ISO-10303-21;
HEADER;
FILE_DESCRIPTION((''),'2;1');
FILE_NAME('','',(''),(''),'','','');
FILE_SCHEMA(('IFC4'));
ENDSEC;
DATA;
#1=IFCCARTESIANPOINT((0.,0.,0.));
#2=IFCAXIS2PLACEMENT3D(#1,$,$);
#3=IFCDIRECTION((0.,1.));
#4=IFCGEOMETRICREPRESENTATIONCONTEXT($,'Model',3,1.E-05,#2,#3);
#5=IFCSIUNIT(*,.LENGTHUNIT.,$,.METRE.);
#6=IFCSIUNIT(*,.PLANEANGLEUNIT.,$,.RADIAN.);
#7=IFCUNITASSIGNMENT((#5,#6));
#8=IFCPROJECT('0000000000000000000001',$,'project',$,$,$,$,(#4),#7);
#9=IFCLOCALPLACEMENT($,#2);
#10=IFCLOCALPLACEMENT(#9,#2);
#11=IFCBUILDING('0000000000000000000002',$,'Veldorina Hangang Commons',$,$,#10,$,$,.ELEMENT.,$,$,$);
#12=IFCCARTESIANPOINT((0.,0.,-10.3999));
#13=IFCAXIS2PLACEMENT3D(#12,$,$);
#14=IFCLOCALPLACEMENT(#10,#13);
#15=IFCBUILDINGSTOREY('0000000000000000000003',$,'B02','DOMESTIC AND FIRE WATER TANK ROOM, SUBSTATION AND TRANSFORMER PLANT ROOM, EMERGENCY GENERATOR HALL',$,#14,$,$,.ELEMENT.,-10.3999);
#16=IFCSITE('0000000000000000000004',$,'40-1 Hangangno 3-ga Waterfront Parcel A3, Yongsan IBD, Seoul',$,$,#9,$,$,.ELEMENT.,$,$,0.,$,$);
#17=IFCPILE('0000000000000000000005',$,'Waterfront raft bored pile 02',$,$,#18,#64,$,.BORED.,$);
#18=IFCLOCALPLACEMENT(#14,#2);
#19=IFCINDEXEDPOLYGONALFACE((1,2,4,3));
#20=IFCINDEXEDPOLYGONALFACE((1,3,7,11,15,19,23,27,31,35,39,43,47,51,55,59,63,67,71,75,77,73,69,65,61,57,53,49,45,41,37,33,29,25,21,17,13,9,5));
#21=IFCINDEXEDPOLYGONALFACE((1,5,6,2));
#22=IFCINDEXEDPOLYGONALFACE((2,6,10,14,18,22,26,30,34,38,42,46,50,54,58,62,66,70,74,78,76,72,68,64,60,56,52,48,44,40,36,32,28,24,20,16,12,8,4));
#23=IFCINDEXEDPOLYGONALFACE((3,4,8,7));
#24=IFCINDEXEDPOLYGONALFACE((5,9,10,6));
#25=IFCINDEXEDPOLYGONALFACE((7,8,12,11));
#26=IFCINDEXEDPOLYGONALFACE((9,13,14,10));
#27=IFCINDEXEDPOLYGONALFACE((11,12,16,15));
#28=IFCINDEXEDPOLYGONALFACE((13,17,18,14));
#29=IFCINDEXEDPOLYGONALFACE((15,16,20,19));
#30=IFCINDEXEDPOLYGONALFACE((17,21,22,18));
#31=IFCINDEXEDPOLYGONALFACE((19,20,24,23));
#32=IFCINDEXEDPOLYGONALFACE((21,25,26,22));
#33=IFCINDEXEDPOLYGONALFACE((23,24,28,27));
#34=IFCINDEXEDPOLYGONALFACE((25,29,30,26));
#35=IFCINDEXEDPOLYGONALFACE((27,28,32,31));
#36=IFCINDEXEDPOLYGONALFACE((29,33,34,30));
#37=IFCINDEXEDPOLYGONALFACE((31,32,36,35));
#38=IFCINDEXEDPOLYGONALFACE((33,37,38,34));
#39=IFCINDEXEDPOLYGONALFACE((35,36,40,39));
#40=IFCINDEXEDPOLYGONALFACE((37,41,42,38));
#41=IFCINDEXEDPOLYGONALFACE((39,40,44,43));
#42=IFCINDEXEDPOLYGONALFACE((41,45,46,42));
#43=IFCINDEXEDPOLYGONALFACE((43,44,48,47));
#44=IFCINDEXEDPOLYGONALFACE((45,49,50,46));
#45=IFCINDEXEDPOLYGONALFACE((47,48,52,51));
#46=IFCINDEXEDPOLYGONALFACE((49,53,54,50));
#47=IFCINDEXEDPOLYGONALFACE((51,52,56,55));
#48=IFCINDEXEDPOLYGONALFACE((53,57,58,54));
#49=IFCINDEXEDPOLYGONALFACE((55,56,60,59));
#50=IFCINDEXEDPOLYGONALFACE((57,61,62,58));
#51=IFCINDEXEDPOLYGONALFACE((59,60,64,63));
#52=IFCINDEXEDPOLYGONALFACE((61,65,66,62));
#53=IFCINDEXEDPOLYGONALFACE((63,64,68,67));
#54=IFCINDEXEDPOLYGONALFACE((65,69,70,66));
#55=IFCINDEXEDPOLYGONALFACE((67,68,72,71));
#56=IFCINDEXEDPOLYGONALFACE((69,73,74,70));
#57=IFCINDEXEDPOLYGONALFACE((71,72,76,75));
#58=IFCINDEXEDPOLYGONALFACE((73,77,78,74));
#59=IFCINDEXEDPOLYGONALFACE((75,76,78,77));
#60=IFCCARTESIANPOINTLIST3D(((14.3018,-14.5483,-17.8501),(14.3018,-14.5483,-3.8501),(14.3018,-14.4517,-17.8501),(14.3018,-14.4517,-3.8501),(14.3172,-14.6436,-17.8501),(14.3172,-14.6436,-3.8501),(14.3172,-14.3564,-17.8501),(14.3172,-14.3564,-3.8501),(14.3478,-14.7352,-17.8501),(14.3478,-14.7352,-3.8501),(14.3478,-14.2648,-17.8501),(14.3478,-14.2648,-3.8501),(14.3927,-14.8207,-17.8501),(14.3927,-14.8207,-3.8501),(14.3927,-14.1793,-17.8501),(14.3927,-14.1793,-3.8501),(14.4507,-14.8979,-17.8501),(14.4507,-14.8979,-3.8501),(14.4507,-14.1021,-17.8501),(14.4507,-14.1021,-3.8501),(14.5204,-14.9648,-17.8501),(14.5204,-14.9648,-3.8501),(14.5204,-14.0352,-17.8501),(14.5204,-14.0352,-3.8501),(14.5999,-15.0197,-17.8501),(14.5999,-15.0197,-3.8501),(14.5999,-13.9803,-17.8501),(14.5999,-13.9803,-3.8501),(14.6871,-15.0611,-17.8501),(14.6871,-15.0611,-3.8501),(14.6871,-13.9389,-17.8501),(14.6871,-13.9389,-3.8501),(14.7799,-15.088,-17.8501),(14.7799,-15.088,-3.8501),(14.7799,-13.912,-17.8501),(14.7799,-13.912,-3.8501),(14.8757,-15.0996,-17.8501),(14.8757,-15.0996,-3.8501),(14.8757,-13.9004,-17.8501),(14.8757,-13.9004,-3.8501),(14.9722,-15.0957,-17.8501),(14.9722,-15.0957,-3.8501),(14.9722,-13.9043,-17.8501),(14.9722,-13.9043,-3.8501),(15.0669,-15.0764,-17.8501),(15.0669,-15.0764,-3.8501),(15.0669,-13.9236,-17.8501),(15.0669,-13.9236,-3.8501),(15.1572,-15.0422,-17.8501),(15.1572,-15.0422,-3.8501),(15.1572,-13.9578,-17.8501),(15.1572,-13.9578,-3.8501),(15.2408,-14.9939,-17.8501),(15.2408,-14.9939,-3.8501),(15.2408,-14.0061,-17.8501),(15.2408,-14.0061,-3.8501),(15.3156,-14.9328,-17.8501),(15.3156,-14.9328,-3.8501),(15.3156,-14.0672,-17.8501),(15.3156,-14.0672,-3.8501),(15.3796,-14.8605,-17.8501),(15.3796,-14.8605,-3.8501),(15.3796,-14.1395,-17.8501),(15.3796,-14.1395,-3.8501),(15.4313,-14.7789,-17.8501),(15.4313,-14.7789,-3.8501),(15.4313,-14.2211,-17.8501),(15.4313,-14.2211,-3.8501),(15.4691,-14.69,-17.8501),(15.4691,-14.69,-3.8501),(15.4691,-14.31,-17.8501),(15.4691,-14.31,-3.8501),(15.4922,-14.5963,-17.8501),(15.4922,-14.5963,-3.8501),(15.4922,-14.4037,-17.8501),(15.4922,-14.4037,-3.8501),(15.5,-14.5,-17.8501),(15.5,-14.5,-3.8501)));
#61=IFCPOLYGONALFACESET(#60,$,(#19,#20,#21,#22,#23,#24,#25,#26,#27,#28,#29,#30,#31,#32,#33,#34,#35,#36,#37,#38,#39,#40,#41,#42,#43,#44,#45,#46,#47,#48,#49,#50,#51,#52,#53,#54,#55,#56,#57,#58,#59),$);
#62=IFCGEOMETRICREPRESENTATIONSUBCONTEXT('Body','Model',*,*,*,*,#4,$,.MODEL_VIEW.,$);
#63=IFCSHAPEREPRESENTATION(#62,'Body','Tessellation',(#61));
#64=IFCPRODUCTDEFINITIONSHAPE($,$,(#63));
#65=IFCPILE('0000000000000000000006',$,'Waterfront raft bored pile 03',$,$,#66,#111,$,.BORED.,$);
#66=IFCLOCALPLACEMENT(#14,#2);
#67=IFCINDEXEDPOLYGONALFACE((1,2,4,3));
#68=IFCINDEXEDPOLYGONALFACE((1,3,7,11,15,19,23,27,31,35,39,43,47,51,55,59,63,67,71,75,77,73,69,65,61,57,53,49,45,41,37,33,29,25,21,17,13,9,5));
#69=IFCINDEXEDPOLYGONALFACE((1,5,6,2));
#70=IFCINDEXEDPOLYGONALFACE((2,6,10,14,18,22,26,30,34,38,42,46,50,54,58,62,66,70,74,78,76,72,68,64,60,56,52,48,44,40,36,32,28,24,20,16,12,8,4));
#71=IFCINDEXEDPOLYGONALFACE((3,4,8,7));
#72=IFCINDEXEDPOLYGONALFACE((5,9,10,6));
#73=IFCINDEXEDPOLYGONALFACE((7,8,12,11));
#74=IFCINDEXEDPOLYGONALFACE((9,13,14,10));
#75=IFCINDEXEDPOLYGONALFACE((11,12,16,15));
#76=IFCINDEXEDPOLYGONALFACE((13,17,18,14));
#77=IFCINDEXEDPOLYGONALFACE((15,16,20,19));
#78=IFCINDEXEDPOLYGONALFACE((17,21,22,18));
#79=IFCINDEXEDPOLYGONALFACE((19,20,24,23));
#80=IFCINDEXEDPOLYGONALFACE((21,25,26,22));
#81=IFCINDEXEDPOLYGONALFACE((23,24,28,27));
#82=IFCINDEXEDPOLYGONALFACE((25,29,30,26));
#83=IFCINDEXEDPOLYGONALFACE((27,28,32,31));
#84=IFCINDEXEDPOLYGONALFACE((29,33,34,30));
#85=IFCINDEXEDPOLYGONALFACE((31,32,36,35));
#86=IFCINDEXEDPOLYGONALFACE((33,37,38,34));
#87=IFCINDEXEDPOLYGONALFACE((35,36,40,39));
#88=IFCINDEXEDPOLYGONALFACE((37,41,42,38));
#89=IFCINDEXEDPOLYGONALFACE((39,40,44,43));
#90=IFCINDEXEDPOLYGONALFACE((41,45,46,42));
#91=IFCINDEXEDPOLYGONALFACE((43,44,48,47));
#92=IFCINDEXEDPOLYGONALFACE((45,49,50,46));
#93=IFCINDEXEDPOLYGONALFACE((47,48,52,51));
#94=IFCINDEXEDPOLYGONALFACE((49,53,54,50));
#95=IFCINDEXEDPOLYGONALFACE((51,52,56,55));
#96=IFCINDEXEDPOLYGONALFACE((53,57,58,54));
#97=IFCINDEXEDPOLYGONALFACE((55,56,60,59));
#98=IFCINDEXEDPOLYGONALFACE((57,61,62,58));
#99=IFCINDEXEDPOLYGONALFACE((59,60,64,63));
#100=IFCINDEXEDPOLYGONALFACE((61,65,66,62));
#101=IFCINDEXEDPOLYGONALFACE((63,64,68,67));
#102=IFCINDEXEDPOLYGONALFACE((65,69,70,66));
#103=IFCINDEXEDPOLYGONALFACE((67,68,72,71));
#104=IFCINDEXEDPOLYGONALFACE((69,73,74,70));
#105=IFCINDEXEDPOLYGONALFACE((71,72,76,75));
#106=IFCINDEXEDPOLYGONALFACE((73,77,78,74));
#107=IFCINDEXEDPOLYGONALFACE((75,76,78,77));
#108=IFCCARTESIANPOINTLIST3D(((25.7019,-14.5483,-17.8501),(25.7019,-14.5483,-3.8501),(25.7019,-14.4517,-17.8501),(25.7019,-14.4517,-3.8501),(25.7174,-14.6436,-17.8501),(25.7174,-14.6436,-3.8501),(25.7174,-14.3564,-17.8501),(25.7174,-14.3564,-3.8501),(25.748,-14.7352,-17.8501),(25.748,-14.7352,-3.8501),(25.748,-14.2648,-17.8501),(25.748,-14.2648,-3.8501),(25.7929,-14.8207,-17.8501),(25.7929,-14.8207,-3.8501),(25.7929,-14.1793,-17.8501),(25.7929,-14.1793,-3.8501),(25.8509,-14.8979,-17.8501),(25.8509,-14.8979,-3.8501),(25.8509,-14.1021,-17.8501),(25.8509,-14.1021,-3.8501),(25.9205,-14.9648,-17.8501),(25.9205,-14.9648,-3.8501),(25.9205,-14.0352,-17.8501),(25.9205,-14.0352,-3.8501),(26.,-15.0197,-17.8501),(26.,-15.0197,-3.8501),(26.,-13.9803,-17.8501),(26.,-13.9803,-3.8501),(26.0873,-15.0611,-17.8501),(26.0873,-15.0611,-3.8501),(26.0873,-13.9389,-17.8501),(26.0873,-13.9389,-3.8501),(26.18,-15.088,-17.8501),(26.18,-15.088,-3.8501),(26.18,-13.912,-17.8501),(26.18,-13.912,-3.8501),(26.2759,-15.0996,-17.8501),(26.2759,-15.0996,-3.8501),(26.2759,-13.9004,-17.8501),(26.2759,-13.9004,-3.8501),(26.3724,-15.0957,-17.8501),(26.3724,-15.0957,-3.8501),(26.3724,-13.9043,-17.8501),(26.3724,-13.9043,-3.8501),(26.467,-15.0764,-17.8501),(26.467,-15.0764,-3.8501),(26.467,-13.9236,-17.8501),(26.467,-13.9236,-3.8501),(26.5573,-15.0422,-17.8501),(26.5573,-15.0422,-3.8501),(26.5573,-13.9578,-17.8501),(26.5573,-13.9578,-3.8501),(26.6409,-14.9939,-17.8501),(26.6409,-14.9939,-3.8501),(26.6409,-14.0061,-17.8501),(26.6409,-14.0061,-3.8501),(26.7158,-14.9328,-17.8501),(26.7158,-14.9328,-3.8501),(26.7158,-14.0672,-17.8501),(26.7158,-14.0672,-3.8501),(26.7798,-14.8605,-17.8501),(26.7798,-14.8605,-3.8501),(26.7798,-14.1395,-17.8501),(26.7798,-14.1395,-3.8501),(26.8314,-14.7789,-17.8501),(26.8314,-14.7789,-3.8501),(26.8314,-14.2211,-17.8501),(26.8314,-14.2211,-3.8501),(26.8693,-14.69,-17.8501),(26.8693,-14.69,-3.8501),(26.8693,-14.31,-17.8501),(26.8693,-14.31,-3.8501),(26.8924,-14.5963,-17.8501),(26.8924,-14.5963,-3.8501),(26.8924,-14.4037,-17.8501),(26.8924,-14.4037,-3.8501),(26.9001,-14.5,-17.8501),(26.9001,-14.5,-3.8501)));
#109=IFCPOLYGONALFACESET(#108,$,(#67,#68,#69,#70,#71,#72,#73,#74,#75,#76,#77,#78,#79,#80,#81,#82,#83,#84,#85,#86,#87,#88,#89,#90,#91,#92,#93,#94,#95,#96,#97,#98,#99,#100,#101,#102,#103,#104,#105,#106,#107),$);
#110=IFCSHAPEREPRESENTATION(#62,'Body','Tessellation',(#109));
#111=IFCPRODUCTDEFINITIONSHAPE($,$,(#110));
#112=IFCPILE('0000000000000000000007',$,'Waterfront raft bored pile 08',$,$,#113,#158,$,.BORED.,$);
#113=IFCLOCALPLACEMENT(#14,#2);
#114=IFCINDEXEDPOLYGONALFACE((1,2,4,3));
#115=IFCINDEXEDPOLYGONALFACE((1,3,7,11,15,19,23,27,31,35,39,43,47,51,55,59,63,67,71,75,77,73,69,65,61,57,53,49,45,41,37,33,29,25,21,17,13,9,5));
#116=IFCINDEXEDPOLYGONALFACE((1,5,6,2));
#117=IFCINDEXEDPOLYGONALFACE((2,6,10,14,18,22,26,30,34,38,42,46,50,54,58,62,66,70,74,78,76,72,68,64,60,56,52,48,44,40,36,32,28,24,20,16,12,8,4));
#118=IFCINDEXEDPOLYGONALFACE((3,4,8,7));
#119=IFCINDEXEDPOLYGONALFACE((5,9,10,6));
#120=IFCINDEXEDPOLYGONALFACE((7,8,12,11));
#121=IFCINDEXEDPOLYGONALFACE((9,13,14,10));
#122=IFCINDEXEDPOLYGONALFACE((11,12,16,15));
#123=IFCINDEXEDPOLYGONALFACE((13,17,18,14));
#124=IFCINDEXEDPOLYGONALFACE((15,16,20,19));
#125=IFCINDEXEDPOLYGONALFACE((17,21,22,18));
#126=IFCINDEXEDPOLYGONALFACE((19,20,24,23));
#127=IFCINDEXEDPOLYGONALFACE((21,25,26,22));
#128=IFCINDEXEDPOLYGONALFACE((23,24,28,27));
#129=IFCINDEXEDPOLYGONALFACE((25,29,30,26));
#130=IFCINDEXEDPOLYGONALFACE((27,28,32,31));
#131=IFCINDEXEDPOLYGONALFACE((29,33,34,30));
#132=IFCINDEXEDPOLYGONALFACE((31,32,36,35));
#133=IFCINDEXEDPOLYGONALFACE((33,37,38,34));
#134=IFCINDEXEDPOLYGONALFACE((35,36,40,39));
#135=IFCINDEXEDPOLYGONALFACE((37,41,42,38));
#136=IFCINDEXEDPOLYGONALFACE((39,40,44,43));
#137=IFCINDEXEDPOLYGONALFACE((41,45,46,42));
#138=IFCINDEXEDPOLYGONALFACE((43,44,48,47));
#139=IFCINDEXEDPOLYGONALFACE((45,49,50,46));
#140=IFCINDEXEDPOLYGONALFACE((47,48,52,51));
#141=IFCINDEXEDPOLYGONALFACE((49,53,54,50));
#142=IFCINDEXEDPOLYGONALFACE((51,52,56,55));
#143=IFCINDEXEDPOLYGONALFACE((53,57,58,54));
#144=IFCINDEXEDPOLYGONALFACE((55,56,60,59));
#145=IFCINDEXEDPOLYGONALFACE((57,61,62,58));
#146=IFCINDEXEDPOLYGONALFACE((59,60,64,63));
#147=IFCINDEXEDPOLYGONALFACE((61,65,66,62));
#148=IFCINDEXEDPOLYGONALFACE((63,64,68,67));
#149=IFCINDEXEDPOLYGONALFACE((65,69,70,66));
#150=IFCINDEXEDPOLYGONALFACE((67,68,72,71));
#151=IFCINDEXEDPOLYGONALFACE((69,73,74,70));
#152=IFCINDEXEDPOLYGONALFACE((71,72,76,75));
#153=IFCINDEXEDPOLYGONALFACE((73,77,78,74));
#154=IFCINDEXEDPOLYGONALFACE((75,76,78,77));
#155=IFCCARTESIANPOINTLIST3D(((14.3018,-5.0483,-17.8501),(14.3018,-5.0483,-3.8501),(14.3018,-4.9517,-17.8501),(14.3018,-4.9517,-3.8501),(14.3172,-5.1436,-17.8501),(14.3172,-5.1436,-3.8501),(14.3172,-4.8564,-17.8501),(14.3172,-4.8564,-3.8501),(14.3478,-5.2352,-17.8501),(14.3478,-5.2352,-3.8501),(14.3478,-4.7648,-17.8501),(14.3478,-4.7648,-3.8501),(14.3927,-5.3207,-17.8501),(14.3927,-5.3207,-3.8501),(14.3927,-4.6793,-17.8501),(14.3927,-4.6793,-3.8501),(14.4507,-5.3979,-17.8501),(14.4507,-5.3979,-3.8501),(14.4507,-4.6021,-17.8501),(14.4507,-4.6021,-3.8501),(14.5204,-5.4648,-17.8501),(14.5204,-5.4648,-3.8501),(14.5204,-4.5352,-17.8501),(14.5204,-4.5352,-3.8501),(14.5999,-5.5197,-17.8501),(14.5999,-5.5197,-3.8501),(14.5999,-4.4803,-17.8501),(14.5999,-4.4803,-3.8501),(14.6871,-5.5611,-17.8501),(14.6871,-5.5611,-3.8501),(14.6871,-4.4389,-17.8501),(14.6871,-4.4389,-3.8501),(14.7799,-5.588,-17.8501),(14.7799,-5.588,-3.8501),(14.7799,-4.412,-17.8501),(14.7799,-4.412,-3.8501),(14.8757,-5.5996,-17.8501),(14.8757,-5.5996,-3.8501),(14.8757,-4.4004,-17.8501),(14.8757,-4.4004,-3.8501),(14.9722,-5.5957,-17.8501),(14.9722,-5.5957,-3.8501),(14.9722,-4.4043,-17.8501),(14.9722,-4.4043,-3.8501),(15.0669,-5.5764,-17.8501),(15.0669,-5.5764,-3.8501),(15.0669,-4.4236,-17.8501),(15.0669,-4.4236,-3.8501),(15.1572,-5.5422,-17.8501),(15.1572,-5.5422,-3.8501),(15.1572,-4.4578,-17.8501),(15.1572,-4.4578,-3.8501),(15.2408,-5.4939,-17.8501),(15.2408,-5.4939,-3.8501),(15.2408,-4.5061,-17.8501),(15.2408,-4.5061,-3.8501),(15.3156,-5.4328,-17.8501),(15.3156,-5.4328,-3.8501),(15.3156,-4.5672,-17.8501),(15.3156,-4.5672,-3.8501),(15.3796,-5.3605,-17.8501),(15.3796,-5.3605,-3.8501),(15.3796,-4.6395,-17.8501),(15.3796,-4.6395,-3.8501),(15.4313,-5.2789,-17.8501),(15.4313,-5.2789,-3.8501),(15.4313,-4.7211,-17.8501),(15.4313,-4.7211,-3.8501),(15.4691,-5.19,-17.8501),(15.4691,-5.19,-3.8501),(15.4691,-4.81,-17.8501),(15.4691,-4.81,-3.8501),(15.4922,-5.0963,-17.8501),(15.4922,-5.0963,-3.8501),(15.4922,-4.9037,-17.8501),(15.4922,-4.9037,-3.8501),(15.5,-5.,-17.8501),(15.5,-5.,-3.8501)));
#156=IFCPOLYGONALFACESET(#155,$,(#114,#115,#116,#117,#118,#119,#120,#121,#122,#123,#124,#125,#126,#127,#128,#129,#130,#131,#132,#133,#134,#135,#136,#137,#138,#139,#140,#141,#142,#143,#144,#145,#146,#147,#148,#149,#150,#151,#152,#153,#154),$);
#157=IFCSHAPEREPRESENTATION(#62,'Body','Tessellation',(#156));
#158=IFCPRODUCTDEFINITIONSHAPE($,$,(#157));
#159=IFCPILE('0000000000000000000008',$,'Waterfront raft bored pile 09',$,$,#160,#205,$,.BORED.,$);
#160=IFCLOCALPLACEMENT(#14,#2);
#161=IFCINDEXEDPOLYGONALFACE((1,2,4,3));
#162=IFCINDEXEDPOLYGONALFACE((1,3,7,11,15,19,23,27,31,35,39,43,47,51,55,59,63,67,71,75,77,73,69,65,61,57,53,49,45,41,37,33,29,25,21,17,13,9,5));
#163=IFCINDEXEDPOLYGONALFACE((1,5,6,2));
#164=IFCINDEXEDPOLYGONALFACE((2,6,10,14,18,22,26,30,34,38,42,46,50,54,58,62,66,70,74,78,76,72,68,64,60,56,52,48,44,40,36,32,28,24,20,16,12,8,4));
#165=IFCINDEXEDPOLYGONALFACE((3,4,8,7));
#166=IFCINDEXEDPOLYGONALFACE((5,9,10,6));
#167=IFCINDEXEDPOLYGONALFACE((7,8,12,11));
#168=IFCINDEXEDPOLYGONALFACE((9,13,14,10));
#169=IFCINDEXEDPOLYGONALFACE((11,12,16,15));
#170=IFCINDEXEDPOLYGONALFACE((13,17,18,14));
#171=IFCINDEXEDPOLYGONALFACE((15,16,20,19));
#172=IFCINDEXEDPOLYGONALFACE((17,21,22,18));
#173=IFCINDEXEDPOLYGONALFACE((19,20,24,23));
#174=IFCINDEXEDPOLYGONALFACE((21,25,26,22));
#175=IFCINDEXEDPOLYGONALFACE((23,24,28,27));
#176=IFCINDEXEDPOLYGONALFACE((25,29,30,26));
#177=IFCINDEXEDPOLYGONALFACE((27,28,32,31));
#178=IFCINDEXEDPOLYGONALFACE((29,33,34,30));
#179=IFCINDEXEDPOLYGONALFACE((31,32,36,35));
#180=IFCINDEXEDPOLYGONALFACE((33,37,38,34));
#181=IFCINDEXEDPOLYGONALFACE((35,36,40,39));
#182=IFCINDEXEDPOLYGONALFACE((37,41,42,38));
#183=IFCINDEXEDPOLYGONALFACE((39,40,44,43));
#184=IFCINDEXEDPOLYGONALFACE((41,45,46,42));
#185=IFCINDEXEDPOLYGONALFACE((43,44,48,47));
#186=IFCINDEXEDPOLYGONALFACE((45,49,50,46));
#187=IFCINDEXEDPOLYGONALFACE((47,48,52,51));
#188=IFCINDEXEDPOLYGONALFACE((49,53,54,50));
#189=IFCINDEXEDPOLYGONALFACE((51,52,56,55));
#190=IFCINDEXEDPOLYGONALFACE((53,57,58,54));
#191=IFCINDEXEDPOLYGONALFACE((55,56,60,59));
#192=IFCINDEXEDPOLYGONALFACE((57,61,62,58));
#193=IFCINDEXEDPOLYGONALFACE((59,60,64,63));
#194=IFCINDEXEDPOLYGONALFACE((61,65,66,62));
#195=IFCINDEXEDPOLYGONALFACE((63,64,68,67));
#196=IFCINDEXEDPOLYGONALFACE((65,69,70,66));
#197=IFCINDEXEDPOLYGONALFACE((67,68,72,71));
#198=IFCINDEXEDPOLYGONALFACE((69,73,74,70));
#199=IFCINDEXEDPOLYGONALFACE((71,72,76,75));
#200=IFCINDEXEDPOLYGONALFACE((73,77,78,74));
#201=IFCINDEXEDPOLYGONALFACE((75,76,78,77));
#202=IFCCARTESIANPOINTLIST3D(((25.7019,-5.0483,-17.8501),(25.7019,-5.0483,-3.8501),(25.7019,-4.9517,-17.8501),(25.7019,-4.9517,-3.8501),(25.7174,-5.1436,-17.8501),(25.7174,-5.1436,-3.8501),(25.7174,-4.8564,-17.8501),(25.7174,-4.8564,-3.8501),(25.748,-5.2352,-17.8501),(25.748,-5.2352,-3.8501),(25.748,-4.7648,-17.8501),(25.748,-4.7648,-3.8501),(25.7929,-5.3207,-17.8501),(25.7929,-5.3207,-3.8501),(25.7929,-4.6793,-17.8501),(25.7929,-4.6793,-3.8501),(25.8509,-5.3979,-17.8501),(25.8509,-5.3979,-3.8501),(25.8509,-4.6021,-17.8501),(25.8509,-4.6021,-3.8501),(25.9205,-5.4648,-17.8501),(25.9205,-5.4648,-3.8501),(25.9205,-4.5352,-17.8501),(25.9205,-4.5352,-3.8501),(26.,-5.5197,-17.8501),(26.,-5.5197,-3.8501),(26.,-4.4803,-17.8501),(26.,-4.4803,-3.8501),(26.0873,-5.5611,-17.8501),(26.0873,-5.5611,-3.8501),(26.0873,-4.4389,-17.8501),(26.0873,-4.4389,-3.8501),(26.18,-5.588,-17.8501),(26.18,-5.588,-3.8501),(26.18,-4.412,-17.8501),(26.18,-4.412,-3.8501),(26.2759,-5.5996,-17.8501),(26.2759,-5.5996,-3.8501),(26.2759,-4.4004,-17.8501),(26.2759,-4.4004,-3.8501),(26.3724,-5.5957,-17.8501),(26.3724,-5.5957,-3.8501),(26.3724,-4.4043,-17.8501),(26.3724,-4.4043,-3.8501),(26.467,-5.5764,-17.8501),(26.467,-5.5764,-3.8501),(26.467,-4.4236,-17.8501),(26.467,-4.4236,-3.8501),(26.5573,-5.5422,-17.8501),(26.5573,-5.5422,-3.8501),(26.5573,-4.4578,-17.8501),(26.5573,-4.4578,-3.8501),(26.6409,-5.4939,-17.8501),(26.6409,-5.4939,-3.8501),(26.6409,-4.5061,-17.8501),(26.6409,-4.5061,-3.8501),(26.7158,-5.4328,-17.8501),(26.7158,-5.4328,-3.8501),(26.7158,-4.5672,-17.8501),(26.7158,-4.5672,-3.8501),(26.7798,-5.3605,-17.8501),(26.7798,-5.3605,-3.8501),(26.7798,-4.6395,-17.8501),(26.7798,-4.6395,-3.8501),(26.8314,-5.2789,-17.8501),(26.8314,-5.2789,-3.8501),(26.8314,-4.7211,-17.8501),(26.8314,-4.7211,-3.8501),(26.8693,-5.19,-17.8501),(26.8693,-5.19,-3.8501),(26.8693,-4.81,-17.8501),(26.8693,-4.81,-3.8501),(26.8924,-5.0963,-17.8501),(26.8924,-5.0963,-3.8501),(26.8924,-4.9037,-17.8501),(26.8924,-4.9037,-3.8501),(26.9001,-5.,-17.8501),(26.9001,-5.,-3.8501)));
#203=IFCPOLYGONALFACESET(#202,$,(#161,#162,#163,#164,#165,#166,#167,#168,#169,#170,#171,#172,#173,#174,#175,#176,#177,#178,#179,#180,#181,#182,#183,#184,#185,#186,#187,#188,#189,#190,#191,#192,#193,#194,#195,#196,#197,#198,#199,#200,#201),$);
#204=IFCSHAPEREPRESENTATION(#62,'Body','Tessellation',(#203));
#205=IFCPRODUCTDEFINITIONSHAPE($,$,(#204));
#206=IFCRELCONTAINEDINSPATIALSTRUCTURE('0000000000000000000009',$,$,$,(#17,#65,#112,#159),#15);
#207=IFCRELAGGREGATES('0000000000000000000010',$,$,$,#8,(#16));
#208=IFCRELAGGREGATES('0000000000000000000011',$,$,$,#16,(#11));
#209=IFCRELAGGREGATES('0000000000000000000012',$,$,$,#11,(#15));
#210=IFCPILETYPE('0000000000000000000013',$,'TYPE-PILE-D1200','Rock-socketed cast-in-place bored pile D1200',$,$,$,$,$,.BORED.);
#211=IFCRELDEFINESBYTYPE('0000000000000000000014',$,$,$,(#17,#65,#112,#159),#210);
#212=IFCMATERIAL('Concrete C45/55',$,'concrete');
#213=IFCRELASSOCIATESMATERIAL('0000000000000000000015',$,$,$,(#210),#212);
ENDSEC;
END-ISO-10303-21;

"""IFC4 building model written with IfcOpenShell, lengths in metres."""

from ifc_helpers import new_model, si_unit, direction, frame, origin, origin_2d, place, context, subcontext, project, spatial, circle, extrude, material, material_profile, profile_set, type_object, element, save


model = new_model("IFC4")

# Units and contexts
model_context = context("Model", 3, precision=1e-05, world=origin(), true_north=direction((0.0, 1.0)))
body_context = subcontext(model_context, "Body", "Model", "MODEL_VIEW")
ifc_project = project(units=[si_unit("LENGTHUNIT", "METRE"), si_unit("PLANEANGLEUNIT", "RADIAN")], contexts=[model_context])

# Site, building, storey
site_placement = place(None, origin())
site = spatial("IfcSite", under=ifc_project, at=site_placement, Name="40-1 Hangangno 3-ga Waterfront Parcel A3, Yongsan IBD, Seoul", CompositionType="ELEMENT", RefElevation=0.0)
building_placement = place(site_placement, origin())
building = spatial("IfcBuilding", under=site, at=building_placement, Name="Veldorina Hangang Commons", CompositionType="ELEMENT")
storey_placement = place(building_placement, frame((0.0, 0.0, -10.3999)))
storey = spatial("IfcBuildingStorey", under=building, at=storey_placement, Name="B02", Description="DOMESTIC AND FIRE WATER TANK ROOM, SUBSTATION AND TRANSFORMER PLANT ROOM, EMERGENCY GENERATOR HALL", CompositionType="ELEMENT", Elevation=-10.3999)

# Piles
ifc_material_1 = material(Name="Concrete C45/55", Category="concrete")
ifc_material_profile_1 = material_profile(ifc_material_1, circle(Radius=0.6001, at=origin_2d()), Name="PILE-D1200")
ifc_profile_set_1 = profile_set([ifc_material_profile_1], Name="Concrete C45/55")
pile_type_1 = type_object("IfcPileType", Name="TYPE-PILE-D1200", Description="Rock-socketed cast-in-place bored pile D1200", PredefinedType="BORED", material=ifc_profile_set_1)
for number, where, z_axis, x_axis, name in (
    (1, (14.8999, -14.5, -3.8501), (0.0, 0.0, -1.0), (1.0, 0.0, 0.0), "Waterfront raft bored pile 02"),
    (2, (26.3, -14.5, -3.8501), (0.0, 0.0, -1.0), (1.0, 0.0, 0.0), "Waterfront raft bored pile 03"),
    (3, (14.8999, -5.0, -3.8501), (0.0, 0.0, -1.0), (1.0, 0.0, 0.0), "Waterfront raft bored pile 08"),
    (4, (26.3, -5.0, -3.8501), (0.0, 0.0, -1.0), (1.0, 0.0, 0.0), "Waterfront raft bored pile 09"),
):
    element("IfcPile", number, at=place(storey_placement, frame(where, z_axis=z_axis, x_axis=x_axis)), inside=storey, type_object=pile_type_1, Name=name, PredefinedType="BORED", context=body_context, shape_type="SweptSolid", body=[
        extrude(circle(Radius=0.6001, at=origin_2d()), origin(), (0.0, 0.0, 1.0), 14.0),
    ])

save(model, "model.ifc")
